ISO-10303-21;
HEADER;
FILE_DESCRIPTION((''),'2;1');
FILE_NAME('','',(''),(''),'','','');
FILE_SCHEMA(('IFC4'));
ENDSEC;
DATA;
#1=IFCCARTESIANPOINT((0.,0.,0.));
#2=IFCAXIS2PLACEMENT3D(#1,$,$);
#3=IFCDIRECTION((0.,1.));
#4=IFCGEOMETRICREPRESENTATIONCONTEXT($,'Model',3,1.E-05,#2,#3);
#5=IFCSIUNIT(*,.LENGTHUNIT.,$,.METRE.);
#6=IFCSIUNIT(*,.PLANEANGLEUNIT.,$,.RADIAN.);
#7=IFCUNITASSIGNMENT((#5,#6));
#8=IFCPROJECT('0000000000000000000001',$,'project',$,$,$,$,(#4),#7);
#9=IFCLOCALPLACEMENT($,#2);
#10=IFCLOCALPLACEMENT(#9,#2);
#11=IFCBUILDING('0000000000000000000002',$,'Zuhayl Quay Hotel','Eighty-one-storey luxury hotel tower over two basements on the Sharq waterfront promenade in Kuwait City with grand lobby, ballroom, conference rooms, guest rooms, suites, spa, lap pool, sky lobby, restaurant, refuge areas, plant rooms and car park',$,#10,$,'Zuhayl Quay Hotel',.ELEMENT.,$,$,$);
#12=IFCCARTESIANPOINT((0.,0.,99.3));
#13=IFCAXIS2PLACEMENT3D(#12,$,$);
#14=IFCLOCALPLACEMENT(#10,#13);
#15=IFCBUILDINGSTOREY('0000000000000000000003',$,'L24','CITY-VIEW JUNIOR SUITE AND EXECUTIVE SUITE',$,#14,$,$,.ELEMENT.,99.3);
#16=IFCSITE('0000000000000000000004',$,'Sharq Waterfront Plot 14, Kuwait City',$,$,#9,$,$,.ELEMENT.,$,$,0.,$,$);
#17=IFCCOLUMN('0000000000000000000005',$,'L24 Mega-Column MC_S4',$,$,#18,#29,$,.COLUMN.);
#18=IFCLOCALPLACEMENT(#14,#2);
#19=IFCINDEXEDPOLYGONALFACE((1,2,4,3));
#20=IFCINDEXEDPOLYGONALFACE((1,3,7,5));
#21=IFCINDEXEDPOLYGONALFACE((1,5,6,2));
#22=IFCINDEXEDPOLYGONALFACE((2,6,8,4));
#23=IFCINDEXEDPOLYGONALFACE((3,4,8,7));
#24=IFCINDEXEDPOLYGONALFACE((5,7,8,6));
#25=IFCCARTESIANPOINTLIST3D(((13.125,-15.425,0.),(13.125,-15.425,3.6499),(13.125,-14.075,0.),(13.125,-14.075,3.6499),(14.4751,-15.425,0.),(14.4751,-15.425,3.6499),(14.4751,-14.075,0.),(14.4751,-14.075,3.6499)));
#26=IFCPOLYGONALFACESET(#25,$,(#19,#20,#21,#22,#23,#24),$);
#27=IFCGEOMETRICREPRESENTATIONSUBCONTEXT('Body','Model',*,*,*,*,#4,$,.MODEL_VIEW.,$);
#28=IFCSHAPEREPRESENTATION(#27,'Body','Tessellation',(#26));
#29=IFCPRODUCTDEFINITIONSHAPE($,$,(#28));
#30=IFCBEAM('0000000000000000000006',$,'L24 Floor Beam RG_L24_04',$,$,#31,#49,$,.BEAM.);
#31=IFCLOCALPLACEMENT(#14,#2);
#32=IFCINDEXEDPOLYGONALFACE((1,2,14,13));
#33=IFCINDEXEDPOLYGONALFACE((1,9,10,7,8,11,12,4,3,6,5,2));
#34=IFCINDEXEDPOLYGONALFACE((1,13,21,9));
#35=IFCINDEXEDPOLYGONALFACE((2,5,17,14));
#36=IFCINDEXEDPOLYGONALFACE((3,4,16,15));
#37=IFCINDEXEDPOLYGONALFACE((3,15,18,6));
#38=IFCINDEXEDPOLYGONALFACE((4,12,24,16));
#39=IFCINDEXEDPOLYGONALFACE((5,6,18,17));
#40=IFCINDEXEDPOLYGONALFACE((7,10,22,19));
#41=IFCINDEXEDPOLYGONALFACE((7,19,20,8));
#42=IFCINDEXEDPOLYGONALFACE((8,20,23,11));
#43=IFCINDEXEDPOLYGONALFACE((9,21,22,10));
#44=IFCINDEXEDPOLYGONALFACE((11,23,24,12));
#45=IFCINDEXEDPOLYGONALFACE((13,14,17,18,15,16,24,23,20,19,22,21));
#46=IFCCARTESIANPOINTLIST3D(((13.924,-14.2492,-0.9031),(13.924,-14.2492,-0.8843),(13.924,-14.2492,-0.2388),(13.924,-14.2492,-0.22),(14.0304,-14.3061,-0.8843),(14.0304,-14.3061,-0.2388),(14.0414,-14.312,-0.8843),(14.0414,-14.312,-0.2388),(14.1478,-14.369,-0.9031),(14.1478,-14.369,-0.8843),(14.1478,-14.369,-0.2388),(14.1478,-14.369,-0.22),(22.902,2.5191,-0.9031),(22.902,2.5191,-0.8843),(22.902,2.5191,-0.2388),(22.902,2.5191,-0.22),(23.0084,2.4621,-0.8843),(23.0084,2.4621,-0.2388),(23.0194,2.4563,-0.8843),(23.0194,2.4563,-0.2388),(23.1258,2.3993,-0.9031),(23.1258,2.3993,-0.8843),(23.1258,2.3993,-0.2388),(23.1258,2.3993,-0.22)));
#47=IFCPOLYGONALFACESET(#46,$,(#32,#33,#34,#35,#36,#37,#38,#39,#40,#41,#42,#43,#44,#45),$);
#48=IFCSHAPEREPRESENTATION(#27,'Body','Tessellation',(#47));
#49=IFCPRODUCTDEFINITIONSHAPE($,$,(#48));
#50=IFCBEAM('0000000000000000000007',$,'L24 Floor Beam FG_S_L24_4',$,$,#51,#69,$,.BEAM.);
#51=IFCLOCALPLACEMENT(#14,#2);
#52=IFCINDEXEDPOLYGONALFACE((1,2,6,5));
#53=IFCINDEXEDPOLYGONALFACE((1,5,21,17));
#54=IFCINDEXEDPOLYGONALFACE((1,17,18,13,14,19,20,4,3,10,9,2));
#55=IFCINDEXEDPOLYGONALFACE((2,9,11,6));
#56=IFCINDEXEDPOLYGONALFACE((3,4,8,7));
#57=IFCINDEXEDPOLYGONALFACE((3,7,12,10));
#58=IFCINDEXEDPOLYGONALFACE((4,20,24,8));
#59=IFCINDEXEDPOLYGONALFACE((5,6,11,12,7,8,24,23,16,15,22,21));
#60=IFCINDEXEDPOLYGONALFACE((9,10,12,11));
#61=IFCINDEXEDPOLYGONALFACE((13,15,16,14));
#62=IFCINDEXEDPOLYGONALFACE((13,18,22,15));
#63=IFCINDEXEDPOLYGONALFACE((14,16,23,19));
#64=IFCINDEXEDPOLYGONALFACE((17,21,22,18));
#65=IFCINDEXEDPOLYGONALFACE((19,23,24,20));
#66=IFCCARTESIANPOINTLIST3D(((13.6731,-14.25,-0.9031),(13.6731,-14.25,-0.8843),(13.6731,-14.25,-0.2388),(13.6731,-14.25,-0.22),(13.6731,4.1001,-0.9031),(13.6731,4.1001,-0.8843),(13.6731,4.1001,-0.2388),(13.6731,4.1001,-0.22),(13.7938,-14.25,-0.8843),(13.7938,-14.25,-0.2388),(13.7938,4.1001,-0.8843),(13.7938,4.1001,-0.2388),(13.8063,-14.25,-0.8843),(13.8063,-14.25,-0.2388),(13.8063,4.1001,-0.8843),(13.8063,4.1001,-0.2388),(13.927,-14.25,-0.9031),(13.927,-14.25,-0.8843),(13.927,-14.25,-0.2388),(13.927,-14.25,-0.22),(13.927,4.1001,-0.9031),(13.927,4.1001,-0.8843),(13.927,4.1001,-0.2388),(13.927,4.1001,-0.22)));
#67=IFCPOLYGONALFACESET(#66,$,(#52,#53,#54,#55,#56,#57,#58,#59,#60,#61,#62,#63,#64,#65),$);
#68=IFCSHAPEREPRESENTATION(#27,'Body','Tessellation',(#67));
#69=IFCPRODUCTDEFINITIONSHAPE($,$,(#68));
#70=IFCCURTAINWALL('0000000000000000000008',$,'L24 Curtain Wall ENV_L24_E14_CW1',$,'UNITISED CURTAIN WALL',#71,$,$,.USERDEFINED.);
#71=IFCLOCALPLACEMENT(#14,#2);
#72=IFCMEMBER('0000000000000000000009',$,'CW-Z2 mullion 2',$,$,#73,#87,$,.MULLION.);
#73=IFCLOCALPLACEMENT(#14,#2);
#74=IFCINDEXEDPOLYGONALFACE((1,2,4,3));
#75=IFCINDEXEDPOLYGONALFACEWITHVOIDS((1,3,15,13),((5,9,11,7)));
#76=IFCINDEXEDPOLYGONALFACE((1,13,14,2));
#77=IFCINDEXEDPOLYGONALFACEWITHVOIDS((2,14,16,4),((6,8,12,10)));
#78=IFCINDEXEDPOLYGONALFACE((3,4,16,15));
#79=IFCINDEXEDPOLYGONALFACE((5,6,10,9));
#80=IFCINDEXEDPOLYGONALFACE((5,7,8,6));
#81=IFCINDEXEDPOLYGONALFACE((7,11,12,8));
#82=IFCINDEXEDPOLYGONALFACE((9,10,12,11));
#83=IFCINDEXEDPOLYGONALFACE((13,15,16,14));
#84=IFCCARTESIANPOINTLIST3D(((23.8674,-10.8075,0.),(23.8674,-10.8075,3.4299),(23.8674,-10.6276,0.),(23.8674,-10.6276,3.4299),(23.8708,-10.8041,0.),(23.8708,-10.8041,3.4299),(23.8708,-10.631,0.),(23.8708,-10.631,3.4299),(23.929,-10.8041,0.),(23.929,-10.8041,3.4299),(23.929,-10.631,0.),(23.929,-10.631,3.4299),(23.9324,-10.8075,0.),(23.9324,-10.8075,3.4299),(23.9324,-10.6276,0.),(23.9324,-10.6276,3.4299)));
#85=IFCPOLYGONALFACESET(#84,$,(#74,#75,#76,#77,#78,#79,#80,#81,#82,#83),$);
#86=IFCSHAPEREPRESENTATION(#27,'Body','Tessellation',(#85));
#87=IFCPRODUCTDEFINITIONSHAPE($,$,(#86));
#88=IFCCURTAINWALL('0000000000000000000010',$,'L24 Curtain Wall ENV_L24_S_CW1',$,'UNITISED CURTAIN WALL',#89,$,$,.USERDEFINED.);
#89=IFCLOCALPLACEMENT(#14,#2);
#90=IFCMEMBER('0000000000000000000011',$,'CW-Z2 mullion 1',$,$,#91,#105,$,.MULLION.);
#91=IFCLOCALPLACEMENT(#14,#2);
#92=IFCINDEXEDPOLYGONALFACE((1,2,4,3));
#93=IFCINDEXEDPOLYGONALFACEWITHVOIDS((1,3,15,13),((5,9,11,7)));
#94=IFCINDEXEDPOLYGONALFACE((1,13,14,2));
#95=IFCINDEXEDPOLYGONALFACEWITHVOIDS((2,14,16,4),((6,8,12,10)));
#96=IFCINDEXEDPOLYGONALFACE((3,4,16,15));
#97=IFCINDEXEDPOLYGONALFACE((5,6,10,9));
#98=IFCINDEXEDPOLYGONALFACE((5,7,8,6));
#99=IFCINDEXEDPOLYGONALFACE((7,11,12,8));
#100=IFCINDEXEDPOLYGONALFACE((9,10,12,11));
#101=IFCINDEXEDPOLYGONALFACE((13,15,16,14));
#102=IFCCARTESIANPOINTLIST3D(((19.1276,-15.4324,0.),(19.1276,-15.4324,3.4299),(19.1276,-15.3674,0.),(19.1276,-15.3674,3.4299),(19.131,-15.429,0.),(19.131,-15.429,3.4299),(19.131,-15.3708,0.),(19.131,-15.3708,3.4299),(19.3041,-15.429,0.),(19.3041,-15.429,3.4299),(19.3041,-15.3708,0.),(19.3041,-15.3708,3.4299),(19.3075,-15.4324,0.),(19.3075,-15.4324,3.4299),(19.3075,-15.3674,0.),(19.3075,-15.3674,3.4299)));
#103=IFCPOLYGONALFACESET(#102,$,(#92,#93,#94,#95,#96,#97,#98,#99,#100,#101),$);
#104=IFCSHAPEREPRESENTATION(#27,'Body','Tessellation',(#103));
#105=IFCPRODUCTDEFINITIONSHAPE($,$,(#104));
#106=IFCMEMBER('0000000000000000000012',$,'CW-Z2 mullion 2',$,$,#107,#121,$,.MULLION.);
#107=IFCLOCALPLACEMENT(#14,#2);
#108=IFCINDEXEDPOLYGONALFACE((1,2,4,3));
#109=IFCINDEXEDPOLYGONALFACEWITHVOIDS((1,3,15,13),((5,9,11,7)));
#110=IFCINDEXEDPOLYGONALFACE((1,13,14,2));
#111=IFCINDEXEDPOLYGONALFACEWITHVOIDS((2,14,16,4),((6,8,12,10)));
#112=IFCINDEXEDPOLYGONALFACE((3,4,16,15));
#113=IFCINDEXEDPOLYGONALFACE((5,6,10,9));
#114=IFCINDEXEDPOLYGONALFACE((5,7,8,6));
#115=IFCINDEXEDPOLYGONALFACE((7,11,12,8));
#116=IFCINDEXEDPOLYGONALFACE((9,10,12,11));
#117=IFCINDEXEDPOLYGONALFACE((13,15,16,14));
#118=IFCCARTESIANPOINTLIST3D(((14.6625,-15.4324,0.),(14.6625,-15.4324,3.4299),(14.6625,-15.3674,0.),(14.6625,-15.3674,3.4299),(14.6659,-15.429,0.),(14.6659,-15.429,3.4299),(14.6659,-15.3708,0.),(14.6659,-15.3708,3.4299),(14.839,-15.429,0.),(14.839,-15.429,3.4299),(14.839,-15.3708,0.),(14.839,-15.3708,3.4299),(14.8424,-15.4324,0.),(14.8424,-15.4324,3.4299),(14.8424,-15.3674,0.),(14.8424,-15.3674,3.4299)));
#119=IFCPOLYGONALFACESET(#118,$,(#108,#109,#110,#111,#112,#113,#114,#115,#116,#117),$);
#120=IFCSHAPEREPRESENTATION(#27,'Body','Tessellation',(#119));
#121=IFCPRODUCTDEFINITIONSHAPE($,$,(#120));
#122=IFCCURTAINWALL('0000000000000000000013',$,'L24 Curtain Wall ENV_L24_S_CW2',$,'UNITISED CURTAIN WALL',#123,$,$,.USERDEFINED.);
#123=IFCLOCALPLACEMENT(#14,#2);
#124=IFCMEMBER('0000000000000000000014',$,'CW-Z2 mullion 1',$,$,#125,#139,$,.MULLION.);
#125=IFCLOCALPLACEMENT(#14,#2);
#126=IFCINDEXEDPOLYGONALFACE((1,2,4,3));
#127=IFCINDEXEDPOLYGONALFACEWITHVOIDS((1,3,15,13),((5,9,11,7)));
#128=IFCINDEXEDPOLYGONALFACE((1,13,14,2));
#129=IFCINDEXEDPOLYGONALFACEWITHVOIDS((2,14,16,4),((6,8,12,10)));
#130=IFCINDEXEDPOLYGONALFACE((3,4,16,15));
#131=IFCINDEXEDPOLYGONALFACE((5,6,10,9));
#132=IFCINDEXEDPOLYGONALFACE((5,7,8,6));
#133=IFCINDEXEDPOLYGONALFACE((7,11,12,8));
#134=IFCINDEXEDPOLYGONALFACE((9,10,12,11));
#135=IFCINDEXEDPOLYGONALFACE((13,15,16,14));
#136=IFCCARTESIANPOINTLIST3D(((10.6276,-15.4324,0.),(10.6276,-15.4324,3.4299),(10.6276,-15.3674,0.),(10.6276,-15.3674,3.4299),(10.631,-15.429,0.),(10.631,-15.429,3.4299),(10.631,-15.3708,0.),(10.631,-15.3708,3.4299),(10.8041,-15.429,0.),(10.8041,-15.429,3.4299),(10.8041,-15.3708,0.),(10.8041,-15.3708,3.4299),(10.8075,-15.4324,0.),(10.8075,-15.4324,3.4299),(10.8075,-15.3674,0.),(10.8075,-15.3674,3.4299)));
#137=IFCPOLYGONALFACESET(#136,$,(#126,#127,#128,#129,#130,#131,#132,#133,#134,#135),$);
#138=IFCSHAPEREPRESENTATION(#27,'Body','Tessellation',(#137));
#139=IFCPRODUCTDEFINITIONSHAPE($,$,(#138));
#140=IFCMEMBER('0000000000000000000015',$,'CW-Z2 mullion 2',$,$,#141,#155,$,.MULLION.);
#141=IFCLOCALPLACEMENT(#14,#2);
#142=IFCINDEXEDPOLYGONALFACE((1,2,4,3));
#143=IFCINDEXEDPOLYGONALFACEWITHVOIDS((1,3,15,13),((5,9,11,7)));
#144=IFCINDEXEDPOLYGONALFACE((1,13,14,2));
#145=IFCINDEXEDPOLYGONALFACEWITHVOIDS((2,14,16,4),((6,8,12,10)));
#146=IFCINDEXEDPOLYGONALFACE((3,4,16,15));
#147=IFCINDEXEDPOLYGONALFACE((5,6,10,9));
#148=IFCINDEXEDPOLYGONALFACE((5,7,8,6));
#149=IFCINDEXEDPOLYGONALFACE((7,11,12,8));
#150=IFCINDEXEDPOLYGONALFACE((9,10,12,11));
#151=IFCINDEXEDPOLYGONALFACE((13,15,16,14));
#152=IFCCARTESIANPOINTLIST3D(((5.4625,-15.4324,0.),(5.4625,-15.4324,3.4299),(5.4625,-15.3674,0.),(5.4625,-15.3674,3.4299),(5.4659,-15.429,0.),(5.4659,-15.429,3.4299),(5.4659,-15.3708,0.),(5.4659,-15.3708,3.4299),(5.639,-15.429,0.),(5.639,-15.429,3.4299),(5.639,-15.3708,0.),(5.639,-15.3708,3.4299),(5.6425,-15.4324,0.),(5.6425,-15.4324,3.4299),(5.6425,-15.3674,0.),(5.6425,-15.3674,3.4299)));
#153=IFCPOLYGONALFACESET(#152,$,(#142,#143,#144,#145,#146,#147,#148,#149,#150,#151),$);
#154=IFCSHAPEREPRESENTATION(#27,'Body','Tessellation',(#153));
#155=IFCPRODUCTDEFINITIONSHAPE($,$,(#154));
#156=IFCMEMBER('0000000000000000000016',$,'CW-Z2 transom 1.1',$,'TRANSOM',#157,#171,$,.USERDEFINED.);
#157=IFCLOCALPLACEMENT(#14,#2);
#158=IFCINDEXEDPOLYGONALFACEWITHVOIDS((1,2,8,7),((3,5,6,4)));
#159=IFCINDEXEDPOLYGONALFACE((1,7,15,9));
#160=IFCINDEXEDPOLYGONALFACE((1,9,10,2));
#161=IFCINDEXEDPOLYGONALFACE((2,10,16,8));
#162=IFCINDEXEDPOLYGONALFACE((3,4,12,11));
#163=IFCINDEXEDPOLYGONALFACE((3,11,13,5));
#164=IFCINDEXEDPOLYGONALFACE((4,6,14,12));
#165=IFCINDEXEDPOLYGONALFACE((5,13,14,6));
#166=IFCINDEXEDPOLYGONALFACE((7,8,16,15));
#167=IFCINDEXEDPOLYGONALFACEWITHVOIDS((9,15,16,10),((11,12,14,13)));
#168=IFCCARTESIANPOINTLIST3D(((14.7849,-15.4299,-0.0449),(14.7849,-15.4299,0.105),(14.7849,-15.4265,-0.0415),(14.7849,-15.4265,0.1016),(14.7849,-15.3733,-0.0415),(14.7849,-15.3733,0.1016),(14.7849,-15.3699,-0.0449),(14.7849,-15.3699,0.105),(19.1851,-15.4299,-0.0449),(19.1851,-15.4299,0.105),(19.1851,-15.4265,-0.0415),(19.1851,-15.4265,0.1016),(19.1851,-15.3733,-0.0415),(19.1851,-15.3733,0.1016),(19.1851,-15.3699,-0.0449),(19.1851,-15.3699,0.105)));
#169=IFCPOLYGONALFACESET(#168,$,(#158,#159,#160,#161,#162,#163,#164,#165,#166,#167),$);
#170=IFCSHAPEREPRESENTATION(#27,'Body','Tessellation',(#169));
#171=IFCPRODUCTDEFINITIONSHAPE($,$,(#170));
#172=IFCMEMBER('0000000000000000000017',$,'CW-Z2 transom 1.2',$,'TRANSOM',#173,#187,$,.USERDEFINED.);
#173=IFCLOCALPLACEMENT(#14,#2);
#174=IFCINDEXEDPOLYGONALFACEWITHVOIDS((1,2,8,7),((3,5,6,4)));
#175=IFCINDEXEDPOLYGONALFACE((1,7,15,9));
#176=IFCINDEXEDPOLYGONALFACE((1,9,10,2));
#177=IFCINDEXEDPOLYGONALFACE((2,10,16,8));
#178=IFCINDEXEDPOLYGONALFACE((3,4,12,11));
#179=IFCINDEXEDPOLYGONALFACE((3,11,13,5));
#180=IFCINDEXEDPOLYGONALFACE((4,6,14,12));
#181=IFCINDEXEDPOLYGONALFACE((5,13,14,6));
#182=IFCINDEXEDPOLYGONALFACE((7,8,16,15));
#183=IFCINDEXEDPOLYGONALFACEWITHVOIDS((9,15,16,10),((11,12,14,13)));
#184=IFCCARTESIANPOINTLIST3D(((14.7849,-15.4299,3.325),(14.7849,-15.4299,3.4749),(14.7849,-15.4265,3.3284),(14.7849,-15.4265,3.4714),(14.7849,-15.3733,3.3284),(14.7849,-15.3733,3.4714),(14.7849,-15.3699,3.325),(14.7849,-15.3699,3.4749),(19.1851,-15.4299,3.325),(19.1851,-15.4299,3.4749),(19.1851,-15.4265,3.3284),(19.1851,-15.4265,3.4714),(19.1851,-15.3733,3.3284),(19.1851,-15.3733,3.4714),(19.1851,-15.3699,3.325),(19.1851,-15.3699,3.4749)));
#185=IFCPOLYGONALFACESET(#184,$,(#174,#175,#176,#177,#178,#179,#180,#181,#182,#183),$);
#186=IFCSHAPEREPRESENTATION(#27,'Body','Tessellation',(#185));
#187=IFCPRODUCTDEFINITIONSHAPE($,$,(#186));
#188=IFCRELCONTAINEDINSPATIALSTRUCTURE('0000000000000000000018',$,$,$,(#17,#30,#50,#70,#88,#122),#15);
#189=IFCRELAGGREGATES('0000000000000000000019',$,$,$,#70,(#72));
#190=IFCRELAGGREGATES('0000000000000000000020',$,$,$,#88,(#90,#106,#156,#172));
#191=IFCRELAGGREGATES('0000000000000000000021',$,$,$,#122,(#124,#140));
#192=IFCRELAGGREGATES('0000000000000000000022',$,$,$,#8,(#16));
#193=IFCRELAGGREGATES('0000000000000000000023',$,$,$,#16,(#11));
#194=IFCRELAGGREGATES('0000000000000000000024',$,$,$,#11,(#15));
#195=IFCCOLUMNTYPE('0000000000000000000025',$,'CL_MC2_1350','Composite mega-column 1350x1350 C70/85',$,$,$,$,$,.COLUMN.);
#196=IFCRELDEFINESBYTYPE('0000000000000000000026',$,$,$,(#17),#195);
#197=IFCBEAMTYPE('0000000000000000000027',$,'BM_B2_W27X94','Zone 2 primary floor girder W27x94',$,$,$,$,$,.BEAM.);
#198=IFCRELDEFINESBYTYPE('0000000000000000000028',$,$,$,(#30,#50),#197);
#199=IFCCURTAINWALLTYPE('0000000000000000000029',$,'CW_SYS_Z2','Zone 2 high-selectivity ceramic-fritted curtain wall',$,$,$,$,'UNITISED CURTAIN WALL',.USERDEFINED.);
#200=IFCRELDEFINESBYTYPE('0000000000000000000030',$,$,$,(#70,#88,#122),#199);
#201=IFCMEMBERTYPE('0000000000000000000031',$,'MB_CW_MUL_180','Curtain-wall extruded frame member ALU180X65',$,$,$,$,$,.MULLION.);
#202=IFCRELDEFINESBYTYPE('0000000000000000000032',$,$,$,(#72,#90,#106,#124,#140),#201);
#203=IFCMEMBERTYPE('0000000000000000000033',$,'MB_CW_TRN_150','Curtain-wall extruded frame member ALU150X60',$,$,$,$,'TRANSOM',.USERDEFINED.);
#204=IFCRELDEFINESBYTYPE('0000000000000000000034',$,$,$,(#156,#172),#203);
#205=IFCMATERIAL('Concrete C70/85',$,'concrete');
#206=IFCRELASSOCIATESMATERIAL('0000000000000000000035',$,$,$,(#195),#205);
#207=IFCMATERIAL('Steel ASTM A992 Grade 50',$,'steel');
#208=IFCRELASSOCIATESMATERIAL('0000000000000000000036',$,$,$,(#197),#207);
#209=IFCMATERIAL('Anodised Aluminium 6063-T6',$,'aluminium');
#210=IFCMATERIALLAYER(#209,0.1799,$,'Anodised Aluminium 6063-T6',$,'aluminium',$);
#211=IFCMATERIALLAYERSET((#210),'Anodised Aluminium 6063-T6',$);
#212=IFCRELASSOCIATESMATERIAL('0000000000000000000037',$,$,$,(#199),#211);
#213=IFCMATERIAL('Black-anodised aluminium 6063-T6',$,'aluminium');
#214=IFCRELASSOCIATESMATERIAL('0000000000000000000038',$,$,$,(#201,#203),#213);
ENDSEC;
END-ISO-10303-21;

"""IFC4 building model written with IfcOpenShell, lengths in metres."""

from ifc_helpers import new_model, si_unit, direction, frame, origin, origin_2d, place, context, subcontext, project, spatial, rectangle, hollow_rectangle, i_section, extrude, material, layer, layer_set, material_profile, profile_set, type_object, element, aggregate, save


model = new_model("IFC4")

# Units and contexts
model_context = context("Model", 3, precision=1e-05, world=origin(), true_north=direction((0.0, 1.0)))
body_context = subcontext(model_context, "Body", "Model", "MODEL_VIEW")
ifc_project = project(units=[si_unit("LENGTHUNIT", "METRE"), si_unit("PLANEANGLEUNIT", "RADIAN")], contexts=[model_context])

# Site, building, storey
site_placement = place(None, origin())
site = spatial("IfcSite", under=ifc_project, at=site_placement, Name="Sharq Waterfront Plot 14, Kuwait City", CompositionType="ELEMENT", RefElevation=0.0)
building_placement = place(site_placement, origin())
building = spatial("IfcBuilding", under=site, at=building_placement, Name="Zuhayl Quay Hotel", Description="Eighty-one-storey luxury hotel tower over two basements on the Sharq waterfront promenade in Kuwait City with grand lobby, ballroom, conference rooms, guest rooms, suites, spa, lap pool, sky lobby, restaurant, refuge areas, plant rooms and car park", LongName="Zuhayl Quay Hotel", CompositionType="ELEMENT")
storey_placement = place(building_placement, frame((0.0, 0.0, 99.3)))
storey = spatial("IfcBuildingStorey", under=building, at=storey_placement, Name="L24", Description="CITY-VIEW JUNIOR SUITE AND EXECUTIVE SUITE", CompositionType="ELEMENT", Elevation=99.3)

# Column
ifc_material_1 = material(Name="Concrete C70/85", Category="concrete")
ifc_material_profile_1 = material_profile(ifc_material_1, rectangle(XDim=1.3501, YDim=1.3501, at=origin_2d()), Name="RC1350X1350")
ifc_profile_set_1 = profile_set([ifc_material_profile_1], Name="Concrete C70/85")
column_type = type_object("IfcColumnType", Name="CL_MC2_1350", Description="Composite mega-column 1350x1350 C70/85", PredefinedType="COLUMN", material=ifc_profile_set_1)
column_placement = place(storey_placement, frame((13.8, -14.75, 0.0), z_axis=(0.0, 0.0, 1.0), x_axis=(1.0, 0.0, 0.0)))
element("IfcColumn", 1, at=column_placement, inside=storey, type_object=column_type, Name="L24 Mega-Column MC_S4", PredefinedType="COLUMN", context=body_context, shape_type="SweptSolid", body=[
    extrude(rectangle(XDim=1.3501, YDim=1.3501, at=origin_2d()), origin(), (0.0, 0.0, 1.0), 3.6499),
])

# Beams
ifc_material_2 = material(Name="Steel ASTM A992 Grade 50", Category="steel")
ifc_material_profile_2 = material_profile(ifc_material_2, i_section(OverallWidth=0.2539, OverallDepth=0.6831, WebThickness=0.0125, FlangeThickness=0.0188, at=origin_2d()), Name="W27X94")
ifc_profile_set_2 = profile_set([ifc_material_profile_2], Name="Steel ASTM A992 Grade 50")
beam_type = type_object("IfcBeamType", Name="BM_B2_W27X94", Description="Zone 2 primary floor girder W27x94", PredefinedType="BEAM", material=ifc_profile_set_2)
beam_1_placement = place(storey_placement, frame((14.0359, -14.3091, -0.5615), z_axis=(0.472017, 0.881589, 0.0), x_axis=(-0.881589, 0.472017, 0.0)))
element("IfcBeam", 2, at=beam_1_placement, inside=storey, type_object=beam_type, Name="L24 Floor Beam RG_L24_04", PredefinedType="BEAM", context=body_context, shape_type="SweptSolid", body=[
    extrude(i_section(OverallWidth=0.2539, OverallDepth=0.6831, WebThickness=0.0125, FlangeThickness=0.0188, at=origin_2d()), origin(), (0.0, 0.0, 1.0), 19.0205),
])
beam_2_placement = place(storey_placement, frame((13.8, -14.25, -0.5615), z_axis=(0.0, 1.0, 0.0), x_axis=(-1.0, 0.0, 0.0)))
element("IfcBeam", 3, at=beam_2_placement, inside=storey, type_object=beam_type, Name="L24 Floor Beam FG_S_L24_4", PredefinedType="BEAM", context=body_context, shape_type="SweptSolid", body=[
    extrude(i_section(OverallWidth=0.2539, OverallDepth=0.6831, WebThickness=0.0125, FlangeThickness=0.0188, at=origin_2d()), origin(), (0.0, 0.0, 1.0), 18.3501),
])

# Curtain wall, member
ifc_material_3 = material(Name="Anodised Aluminium 6063-T6", Category="aluminium")
ifc_layer_1 = layer(ifc_material_3, 0.1799, Name="Anodised Aluminium 6063-T6", Category="aluminium")
ifc_layer_set_1 = layer_set([ifc_layer_1], Name="Anodised Aluminium 6063-T6")
curtain_wall_type = type_object("IfcCurtainWallType", Name="CW_SYS_Z2", Description="Zone 2 high-selectivity ceramic-fritted curtain wall", ElementType="UNITISED CURTAIN WALL", PredefinedType="USERDEFINED", material=ifc_layer_set_1)
curtain_wall_1_placement = place(storey_placement, origin())
curtain_wall_1 = element("IfcCurtainWall", 4, at=curtain_wall_1_placement, inside=storey, type_object=curtain_wall_type, Name="L24 Curtain Wall ENV_L24_E14_CW1", ObjectType="UNITISED CURTAIN WALL", PredefinedType="USERDEFINED")
ifc_material_4 = material(Name="Black-anodised aluminium 6063-T6", Category="aluminium")
ifc_material_profile_3 = material_profile(ifc_material_4, hollow_rectangle(XDim=0.0649, YDim=0.1799, WallThickness=0.0034, at=origin_2d()), Name="ALU180X65")
ifc_profile_set_3 = profile_set([ifc_material_profile_3], Name="Black-anodised aluminium 6063-T6")
member_type_1 = type_object("IfcMemberType", Name="MB_CW_MUL_180", Description="Curtain-wall extruded frame member ALU180X65", PredefinedType="MULLION", material=ifc_profile_set_3)
member_1_placement = place(storey_placement, frame((23.8999, -10.7175, 0.0), z_axis=(0.0, 0.0, 1.0), x_axis=(1.0, 0.0, 0.0)))
member_1 = element("IfcMember", 5, at=member_1_placement, type_object=member_type_1, Name="CW-Z2 mullion 2", PredefinedType="MULLION", context=body_context, shape_type="SweptSolid", body=[
    extrude(hollow_rectangle(XDim=0.0649, YDim=0.1799, WallThickness=0.0034, at=origin_2d()), origin(), (0.0, 0.0, 1.0), 3.4299),
])

# Curtain walls, members
curtain_wall_2_placement = place(storey_placement, origin())
curtain_wall_2 = element("IfcCurtainWall", 6, at=curtain_wall_2_placement, inside=storey, type_object=curtain_wall_type, Name="L24 Curtain Wall ENV_L24_S_CW1", ObjectType="UNITISED CURTAIN WALL", PredefinedType="USERDEFINED")
member_2_placement = place(storey_placement, frame((19.2175, -15.3999, 0.0), z_axis=(0.0, 0.0, 1.0), x_axis=(0.0, -1.0, 0.0)))
member_2 = element("IfcMember", 7, at=member_2_placement, type_object=member_type_1, Name="CW-Z2 mullion 1", PredefinedType="MULLION", context=body_context, shape_type="SweptSolid", body=[
    extrude(hollow_rectangle(XDim=0.0649, YDim=0.1799, WallThickness=0.0034, at=origin_2d()), origin(), (0.0, 0.0, 1.0), 3.4299),
])
member_3_placement = place(storey_placement, frame((14.7524, -15.3999, 0.0), z_axis=(0.0, 0.0, 1.0), x_axis=(0.0, -1.0, 0.0)))
member_3 = element("IfcMember", 8, at=member_3_placement, type_object=member_type_1, Name="CW-Z2 mullion 2", PredefinedType="MULLION", context=body_context, shape_type="SweptSolid", body=[
    extrude(hollow_rectangle(XDim=0.0649, YDim=0.1799, WallThickness=0.0034, at=origin_2d()), origin(), (0.0, 0.0, 1.0), 3.4299),
])
curtain_wall_3_placement = place(storey_placement, origin())
curtain_wall_3 = element("IfcCurtainWall", 9, at=curtain_wall_3_placement, inside=storey, type_object=curtain_wall_type, Name="L24 Curtain Wall ENV_L24_S_CW2", ObjectType="UNITISED CURTAIN WALL", PredefinedType="USERDEFINED")
member_4_placement = place(storey_placement, frame((10.7175, -15.3999, 0.0), z_axis=(0.0, 0.0, 1.0), x_axis=(0.0, -1.0, 0.0)))
member_4 = element("IfcMember", 10, at=member_4_placement, type_object=member_type_1, Name="CW-Z2 mullion 1", PredefinedType="MULLION", context=body_context, shape_type="SweptSolid", body=[
    extrude(hollow_rectangle(XDim=0.0649, YDim=0.1799, WallThickness=0.0034, at=origin_2d()), origin(), (0.0, 0.0, 1.0), 3.4299),
])
member_5_placement = place(storey_placement, frame((5.5525, -15.3999, 0.0), z_axis=(0.0, 0.0, 1.0), x_axis=(0.0, -1.0, 0.0)))
member_5 = element("IfcMember", 11, at=member_5_placement, type_object=member_type_1, Name="CW-Z2 mullion 2", PredefinedType="MULLION", context=body_context, shape_type="SweptSolid", body=[
    extrude(hollow_rectangle(XDim=0.0649, YDim=0.1799, WallThickness=0.0034, at=origin_2d()), origin(), (0.0, 0.0, 1.0), 3.4299),
])

# Members
ifc_material_profile_4 = material_profile(ifc_material_4, hollow_rectangle(XDim=0.0601, YDim=0.1499, WallThickness=0.0034, at=origin_2d()), Name="ALU150X60")
ifc_profile_set_4 = profile_set([ifc_material_profile_4], Name="Black-anodised aluminium 6063-T6")
member_type_2 = type_object("IfcMemberType", Name="MB_CW_TRN_150", Description="Curtain-wall extruded frame member ALU150X60", ElementType="TRANSOM", PredefinedType="USERDEFINED", material=ifc_profile_set_4)
member_6_placement = place(storey_placement, frame((19.1851, -15.3999, 0.03), z_axis=(-1.0, 0.0, 0.0), x_axis=(0.0, -1.0, 0.0)))
member_6 = element("IfcMember", 12, at=member_6_placement, type_object=member_type_2, Name="CW-Z2 transom 1.1", ObjectType="TRANSOM", PredefinedType="USERDEFINED", context=body_context, shape_type="SweptSolid", body=[
    extrude(hollow_rectangle(XDim=0.0601, YDim=0.1499, WallThickness=0.0034, at=origin_2d()), origin(), (0.0, 0.0, 1.0), 4.4001),
])
member_7_placement = place(storey_placement, frame((19.1851, -15.3999, 3.3999), z_axis=(-1.0, 0.0, 0.0), x_axis=(0.0, -1.0, 0.0)))
member_7 = element("IfcMember", 13, at=member_7_placement, type_object=member_type_2, Name="CW-Z2 transom 1.2", ObjectType="TRANSOM", PredefinedType="USERDEFINED", context=body_context, shape_type="SweptSolid", body=[
    extrude(hollow_rectangle(XDim=0.0601, YDim=0.1499, WallThickness=0.0034, at=origin_2d()), origin(), (0.0, 0.0, 1.0), 4.4001),
])

aggregate(curtain_wall_1, [member_1])
aggregate(curtain_wall_2, [member_2, member_3, member_6, member_7])
aggregate(curtain_wall_3, [member_4, member_5])

save(model, "model.ifc")
